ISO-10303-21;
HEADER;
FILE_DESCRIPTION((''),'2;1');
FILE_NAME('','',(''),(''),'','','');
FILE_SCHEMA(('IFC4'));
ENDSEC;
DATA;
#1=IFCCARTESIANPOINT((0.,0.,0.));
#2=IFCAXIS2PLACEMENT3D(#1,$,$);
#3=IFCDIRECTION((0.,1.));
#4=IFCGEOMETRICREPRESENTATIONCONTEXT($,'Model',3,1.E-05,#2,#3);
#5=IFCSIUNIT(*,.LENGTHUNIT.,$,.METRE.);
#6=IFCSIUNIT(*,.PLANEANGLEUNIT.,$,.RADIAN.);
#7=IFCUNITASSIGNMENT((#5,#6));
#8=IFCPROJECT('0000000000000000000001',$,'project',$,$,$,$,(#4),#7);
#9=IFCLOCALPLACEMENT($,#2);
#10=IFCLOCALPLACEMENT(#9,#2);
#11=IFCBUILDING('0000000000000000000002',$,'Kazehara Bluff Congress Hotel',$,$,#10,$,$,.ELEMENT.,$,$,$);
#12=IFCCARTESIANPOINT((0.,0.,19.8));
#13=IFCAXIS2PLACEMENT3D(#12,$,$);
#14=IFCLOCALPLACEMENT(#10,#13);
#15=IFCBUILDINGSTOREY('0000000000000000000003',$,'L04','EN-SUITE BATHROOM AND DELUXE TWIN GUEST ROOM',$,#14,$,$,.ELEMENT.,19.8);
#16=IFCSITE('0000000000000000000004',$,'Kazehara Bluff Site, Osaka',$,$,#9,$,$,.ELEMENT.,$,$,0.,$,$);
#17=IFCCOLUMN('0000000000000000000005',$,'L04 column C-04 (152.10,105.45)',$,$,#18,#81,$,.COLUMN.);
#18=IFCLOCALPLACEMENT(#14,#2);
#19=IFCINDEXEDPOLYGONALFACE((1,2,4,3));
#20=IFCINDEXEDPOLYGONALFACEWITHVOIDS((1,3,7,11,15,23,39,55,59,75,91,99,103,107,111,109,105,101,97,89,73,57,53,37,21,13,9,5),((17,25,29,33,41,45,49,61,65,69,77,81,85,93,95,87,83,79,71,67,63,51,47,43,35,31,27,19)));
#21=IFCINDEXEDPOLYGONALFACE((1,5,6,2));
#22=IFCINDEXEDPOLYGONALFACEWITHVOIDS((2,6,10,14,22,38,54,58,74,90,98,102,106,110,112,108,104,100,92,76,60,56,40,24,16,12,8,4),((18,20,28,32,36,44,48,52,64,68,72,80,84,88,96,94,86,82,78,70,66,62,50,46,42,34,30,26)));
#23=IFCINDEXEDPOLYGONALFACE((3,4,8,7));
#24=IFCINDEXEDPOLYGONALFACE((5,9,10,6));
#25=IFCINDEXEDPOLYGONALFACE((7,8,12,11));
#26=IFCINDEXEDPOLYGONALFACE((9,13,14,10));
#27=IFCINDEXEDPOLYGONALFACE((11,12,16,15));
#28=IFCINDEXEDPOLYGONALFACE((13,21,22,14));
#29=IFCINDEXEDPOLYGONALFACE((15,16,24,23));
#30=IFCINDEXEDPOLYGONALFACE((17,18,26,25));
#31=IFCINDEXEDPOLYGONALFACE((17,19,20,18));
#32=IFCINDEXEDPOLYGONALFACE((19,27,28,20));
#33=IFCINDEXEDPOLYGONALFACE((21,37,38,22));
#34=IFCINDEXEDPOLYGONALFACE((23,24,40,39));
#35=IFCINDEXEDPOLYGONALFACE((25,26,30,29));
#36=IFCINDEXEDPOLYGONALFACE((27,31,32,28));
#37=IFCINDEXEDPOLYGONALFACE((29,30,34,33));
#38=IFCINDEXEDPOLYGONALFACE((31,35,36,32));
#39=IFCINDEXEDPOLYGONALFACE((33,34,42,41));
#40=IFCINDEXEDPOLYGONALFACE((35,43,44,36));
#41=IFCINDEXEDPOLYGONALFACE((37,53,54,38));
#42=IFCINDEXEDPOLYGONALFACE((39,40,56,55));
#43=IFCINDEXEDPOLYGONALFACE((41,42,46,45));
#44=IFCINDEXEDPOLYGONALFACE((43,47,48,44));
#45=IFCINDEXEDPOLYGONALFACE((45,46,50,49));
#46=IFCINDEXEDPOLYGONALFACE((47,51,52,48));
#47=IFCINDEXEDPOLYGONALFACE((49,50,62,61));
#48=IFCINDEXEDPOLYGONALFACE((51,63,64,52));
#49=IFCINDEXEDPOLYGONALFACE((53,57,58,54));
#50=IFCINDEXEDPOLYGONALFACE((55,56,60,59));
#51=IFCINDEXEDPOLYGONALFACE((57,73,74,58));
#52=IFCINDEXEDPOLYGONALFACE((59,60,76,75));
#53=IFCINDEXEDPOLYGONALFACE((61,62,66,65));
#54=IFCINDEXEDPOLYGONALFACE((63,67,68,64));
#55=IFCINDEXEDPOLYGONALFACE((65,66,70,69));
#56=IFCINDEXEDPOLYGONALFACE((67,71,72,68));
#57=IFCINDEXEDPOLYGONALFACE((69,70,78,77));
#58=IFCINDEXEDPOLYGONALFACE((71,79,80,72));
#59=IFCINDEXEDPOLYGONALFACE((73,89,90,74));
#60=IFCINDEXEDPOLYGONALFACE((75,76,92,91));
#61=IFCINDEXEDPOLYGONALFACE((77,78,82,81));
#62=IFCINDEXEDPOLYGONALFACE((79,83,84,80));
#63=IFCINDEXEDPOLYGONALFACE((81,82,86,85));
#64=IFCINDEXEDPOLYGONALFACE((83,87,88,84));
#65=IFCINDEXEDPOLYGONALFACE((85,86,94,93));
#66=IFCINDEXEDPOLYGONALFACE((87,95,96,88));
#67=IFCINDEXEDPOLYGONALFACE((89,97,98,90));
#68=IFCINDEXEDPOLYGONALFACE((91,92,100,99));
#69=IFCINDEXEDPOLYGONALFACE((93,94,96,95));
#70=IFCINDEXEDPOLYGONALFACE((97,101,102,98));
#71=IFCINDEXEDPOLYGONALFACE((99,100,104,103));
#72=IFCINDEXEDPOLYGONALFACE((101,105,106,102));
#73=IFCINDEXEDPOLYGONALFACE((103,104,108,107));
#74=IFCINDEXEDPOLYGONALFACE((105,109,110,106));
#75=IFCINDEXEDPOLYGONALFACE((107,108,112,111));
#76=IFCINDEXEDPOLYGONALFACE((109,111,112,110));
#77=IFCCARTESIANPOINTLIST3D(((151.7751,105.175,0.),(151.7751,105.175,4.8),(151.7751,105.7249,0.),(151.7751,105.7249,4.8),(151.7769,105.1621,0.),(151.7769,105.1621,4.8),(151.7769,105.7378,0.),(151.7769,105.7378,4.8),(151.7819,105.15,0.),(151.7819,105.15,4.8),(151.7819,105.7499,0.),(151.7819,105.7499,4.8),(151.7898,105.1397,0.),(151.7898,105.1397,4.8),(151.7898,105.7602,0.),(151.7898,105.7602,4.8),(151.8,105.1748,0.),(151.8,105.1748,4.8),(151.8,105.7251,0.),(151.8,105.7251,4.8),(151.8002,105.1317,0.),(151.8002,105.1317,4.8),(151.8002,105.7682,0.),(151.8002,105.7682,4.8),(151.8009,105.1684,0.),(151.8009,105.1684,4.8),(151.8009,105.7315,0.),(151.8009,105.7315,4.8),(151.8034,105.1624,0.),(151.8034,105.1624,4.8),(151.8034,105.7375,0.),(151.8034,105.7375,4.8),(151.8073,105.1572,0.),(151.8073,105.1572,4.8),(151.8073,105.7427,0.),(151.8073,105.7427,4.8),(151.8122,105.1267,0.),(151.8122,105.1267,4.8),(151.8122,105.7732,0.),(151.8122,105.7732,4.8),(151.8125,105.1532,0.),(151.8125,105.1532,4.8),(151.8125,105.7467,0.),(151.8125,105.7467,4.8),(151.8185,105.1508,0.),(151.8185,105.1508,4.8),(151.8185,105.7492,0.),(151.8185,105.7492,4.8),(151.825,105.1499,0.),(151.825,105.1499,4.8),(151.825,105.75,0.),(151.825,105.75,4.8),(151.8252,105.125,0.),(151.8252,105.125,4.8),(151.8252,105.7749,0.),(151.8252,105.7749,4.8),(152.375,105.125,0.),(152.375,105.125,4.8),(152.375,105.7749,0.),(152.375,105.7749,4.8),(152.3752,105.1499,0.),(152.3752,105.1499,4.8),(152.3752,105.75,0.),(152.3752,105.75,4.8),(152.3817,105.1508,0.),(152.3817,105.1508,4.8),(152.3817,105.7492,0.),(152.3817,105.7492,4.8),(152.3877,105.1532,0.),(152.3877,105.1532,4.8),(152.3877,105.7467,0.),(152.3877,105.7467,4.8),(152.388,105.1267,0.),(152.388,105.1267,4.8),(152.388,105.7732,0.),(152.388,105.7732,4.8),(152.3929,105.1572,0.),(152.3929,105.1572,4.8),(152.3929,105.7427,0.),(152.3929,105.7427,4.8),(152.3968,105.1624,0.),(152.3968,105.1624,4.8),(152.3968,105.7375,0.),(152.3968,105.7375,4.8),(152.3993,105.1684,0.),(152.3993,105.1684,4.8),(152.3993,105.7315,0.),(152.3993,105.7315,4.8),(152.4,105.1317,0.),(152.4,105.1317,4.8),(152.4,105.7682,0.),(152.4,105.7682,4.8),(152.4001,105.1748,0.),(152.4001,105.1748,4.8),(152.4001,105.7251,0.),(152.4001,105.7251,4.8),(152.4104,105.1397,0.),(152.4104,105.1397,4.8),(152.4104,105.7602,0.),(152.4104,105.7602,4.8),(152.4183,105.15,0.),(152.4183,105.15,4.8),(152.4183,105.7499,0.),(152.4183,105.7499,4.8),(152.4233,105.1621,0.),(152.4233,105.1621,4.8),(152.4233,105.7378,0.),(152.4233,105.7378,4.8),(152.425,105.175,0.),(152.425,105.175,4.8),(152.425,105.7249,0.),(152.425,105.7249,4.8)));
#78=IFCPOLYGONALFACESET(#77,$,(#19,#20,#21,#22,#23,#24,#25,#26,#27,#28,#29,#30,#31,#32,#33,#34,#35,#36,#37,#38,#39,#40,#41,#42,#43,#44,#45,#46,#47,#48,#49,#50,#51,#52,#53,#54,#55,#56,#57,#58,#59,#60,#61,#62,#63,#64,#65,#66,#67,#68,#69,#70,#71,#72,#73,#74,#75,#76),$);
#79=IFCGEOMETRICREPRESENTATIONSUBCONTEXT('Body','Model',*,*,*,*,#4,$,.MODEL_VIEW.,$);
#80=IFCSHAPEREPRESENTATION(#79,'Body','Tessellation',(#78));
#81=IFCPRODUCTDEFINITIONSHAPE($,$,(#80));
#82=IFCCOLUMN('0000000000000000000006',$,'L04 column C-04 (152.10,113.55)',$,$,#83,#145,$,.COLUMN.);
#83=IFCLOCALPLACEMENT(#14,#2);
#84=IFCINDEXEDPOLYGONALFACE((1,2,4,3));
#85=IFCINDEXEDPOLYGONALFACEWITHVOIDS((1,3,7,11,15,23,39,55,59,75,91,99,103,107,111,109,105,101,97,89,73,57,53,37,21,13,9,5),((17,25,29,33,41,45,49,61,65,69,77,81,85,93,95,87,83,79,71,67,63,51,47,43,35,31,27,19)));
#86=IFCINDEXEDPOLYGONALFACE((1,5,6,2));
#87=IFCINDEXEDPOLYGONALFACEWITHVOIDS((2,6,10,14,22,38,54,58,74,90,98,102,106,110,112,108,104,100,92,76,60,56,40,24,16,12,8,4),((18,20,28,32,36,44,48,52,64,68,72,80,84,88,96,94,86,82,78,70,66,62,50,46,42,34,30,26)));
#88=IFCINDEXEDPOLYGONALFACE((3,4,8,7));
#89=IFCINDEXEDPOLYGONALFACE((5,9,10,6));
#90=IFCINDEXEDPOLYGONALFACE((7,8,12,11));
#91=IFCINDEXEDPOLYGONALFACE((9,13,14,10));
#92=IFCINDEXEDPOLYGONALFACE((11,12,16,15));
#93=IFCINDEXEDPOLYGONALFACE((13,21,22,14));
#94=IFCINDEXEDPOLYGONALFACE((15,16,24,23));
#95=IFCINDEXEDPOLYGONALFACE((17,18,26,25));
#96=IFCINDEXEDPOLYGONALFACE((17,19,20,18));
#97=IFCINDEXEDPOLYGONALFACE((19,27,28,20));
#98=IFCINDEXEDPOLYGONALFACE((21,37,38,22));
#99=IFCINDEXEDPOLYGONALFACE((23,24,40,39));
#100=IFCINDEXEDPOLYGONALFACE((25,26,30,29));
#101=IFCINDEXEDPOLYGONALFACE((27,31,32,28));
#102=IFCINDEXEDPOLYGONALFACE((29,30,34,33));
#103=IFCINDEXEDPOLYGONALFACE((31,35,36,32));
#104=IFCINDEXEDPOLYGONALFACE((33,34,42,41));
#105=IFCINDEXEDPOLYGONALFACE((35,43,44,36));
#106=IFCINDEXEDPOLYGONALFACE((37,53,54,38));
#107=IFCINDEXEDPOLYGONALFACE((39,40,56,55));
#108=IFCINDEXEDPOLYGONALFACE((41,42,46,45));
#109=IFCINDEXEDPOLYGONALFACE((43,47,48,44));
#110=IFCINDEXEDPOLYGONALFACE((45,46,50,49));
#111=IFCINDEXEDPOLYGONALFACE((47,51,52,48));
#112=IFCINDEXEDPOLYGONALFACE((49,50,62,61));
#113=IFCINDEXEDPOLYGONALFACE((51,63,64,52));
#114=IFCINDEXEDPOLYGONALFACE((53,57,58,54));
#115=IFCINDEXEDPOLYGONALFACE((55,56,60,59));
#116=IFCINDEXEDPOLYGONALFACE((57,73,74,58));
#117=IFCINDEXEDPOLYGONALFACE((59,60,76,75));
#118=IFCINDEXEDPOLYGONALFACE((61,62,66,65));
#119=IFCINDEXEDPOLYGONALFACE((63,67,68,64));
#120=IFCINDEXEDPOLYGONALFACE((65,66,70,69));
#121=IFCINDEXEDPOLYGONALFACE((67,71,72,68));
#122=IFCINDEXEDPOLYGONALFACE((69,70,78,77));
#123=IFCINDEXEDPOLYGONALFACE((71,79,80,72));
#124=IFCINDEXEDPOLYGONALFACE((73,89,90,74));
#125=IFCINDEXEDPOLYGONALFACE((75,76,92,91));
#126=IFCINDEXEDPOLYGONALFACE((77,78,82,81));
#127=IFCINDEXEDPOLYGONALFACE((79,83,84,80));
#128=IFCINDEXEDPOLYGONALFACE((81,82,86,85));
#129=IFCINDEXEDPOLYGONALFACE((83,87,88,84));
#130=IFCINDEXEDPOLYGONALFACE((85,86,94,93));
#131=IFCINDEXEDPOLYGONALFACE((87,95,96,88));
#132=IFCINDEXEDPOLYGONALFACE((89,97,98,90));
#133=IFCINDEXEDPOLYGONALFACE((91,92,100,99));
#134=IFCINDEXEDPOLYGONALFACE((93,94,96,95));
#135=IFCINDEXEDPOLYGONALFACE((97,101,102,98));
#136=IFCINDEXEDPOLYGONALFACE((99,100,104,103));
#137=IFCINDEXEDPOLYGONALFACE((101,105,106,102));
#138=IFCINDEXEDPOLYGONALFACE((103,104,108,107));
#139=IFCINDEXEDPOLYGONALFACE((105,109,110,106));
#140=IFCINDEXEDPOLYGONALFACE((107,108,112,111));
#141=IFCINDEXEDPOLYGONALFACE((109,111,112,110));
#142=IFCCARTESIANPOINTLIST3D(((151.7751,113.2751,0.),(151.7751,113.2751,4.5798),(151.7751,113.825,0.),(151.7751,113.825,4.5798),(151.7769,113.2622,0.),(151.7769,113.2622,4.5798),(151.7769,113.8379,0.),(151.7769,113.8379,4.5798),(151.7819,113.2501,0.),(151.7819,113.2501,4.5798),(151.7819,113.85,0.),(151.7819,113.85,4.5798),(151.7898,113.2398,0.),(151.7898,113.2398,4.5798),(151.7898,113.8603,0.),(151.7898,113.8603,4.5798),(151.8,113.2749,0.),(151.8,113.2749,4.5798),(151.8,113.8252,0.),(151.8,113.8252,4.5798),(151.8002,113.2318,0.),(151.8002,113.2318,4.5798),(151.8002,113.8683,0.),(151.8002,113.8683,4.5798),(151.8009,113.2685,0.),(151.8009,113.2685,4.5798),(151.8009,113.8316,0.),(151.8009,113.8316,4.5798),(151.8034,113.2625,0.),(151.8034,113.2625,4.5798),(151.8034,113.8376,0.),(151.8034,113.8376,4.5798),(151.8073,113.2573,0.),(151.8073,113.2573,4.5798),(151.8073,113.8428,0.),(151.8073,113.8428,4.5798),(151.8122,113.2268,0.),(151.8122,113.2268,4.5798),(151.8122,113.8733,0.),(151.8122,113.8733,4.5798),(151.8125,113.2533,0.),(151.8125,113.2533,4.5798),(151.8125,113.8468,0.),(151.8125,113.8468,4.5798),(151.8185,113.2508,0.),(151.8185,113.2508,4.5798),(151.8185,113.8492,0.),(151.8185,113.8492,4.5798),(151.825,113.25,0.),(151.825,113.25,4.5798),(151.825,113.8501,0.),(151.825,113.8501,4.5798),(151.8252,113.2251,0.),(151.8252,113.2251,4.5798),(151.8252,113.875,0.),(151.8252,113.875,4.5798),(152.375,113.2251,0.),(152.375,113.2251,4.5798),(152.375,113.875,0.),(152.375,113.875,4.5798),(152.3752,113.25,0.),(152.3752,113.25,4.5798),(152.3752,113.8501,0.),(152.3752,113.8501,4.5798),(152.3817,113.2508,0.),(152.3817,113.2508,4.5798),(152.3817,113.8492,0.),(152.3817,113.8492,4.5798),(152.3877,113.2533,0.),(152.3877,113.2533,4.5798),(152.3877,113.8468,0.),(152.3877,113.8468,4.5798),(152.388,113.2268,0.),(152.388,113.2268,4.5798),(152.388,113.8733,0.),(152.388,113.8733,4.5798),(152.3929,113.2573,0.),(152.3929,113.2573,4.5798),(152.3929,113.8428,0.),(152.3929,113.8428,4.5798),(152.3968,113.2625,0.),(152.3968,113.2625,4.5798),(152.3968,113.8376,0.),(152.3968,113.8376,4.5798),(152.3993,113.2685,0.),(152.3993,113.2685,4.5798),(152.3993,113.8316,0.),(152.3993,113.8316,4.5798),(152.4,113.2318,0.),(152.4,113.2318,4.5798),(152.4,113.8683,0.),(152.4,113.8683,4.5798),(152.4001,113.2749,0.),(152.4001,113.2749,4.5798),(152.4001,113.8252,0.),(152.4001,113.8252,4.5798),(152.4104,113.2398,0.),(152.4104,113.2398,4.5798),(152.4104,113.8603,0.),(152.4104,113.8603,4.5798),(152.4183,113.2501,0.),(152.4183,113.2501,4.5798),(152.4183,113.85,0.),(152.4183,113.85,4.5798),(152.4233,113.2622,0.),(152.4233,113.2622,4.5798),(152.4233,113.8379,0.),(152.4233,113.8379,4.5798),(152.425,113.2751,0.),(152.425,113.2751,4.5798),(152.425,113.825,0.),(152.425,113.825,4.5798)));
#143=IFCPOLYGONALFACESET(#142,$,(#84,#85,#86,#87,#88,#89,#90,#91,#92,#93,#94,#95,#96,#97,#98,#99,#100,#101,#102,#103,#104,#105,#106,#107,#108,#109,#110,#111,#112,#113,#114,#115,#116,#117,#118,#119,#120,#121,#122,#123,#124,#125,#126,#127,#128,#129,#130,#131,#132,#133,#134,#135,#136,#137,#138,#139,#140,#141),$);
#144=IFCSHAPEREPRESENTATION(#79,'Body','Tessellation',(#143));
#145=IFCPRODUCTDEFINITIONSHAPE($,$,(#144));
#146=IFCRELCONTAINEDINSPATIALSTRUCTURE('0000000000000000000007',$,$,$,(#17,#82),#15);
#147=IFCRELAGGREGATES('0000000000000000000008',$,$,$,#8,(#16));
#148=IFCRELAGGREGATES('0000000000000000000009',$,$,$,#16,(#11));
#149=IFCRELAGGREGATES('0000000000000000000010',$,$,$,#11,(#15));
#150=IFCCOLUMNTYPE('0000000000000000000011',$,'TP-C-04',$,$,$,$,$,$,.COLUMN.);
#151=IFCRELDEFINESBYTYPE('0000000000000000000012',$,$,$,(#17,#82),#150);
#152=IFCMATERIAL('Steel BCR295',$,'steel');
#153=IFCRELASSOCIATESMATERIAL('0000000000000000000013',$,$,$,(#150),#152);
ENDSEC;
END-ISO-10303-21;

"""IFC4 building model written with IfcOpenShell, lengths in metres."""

from ifc_helpers import new_model, si_unit, direction, frame, origin, origin_2d, place, context, subcontext, project, spatial, hollow_rectangle, extrude, material, material_profile, profile_set, type_object, element, save


model = new_model("IFC4")

# Units and contexts
model_context = context("Model", 3, precision=1e-05, world=origin(), true_north=direction((0.0, 1.0)))
body_context = subcontext(model_context, "Body", "Model", "MODEL_VIEW")
ifc_project = project(units=[si_unit("LENGTHUNIT", "METRE"), si_unit("PLANEANGLEUNIT", "RADIAN")], contexts=[model_context])

# Site, building, storey
site_placement = place(None, origin())
site = spatial("IfcSite", under=ifc_project, at=site_placement, Name="Kazehara Bluff Site, Osaka", CompositionType="ELEMENT", RefElevation=0.0)
building_placement = place(site_placement, origin())
building = spatial("IfcBuilding", under=site, at=building_placement, Name="Kazehara Bluff Congress Hotel", CompositionType="ELEMENT")
storey_placement = place(building_placement, frame((0.0, 0.0, 19.8)))
storey = spatial("IfcBuildingStorey", under=building, at=storey_placement, Name="L04", Description="EN-SUITE BATHROOM AND DELUXE TWIN GUEST ROOM", CompositionType="ELEMENT", Elevation=19.8)

# Columns
ifc_material_1 = material(Name="Steel BCR295", Category="steel")
ifc_material_profile_1 = material_profile(ifc_material_1, hollow_rectangle(XDim=0.6499, YDim=0.6499, WallThickness=0.0249, InnerFilletRadius=0.0249, OuterFilletRadius=0.05, at=origin_2d()))
ifc_profile_set_1 = profile_set([ifc_material_profile_1], Name="Steel BCR295")
column_type = type_object("IfcColumnType", Name="TP-C-04", PredefinedType="COLUMN", material=ifc_profile_set_1)
column_1_placement = place(storey_placement, frame((152.1001, 105.45, 0.0), z_axis=(0.0, 0.0, 1.0), x_axis=(1.0, 0.0, 0.0)))
element("IfcColumn", 1, at=column_1_placement, inside=storey, type_object=column_type, Name="L04 column C-04 (152.10,105.45)", PredefinedType="COLUMN", context=body_context, shape_type="SweptSolid", body=[
    extrude(hollow_rectangle(XDim=0.6499, YDim=0.6499, WallThickness=0.0249, InnerFilletRadius=0.0249, OuterFilletRadius=0.05, at=origin_2d()), origin(), (0.0, 0.0, 1.0), 4.8),
])
column_2_placement = place(storey_placement, frame((152.1001, 113.55, 0.0), z_axis=(0.0, 0.0, 1.0), x_axis=(1.0, 0.0, 0.0)))
element("IfcColumn", 2, at=column_2_placement, inside=storey, type_object=column_type, Name="L04 column C-04 (152.10,113.55)", PredefinedType="COLUMN", context=body_context, shape_type="SweptSolid", body=[
    extrude(hollow_rectangle(XDim=0.6499, YDim=0.6499, WallThickness=0.0249, InnerFilletRadius=0.0249, OuterFilletRadius=0.05, at=origin_2d()), origin(), (0.0, 0.0, 1.0), 4.5798),
])

save(model, "model.ifc")
